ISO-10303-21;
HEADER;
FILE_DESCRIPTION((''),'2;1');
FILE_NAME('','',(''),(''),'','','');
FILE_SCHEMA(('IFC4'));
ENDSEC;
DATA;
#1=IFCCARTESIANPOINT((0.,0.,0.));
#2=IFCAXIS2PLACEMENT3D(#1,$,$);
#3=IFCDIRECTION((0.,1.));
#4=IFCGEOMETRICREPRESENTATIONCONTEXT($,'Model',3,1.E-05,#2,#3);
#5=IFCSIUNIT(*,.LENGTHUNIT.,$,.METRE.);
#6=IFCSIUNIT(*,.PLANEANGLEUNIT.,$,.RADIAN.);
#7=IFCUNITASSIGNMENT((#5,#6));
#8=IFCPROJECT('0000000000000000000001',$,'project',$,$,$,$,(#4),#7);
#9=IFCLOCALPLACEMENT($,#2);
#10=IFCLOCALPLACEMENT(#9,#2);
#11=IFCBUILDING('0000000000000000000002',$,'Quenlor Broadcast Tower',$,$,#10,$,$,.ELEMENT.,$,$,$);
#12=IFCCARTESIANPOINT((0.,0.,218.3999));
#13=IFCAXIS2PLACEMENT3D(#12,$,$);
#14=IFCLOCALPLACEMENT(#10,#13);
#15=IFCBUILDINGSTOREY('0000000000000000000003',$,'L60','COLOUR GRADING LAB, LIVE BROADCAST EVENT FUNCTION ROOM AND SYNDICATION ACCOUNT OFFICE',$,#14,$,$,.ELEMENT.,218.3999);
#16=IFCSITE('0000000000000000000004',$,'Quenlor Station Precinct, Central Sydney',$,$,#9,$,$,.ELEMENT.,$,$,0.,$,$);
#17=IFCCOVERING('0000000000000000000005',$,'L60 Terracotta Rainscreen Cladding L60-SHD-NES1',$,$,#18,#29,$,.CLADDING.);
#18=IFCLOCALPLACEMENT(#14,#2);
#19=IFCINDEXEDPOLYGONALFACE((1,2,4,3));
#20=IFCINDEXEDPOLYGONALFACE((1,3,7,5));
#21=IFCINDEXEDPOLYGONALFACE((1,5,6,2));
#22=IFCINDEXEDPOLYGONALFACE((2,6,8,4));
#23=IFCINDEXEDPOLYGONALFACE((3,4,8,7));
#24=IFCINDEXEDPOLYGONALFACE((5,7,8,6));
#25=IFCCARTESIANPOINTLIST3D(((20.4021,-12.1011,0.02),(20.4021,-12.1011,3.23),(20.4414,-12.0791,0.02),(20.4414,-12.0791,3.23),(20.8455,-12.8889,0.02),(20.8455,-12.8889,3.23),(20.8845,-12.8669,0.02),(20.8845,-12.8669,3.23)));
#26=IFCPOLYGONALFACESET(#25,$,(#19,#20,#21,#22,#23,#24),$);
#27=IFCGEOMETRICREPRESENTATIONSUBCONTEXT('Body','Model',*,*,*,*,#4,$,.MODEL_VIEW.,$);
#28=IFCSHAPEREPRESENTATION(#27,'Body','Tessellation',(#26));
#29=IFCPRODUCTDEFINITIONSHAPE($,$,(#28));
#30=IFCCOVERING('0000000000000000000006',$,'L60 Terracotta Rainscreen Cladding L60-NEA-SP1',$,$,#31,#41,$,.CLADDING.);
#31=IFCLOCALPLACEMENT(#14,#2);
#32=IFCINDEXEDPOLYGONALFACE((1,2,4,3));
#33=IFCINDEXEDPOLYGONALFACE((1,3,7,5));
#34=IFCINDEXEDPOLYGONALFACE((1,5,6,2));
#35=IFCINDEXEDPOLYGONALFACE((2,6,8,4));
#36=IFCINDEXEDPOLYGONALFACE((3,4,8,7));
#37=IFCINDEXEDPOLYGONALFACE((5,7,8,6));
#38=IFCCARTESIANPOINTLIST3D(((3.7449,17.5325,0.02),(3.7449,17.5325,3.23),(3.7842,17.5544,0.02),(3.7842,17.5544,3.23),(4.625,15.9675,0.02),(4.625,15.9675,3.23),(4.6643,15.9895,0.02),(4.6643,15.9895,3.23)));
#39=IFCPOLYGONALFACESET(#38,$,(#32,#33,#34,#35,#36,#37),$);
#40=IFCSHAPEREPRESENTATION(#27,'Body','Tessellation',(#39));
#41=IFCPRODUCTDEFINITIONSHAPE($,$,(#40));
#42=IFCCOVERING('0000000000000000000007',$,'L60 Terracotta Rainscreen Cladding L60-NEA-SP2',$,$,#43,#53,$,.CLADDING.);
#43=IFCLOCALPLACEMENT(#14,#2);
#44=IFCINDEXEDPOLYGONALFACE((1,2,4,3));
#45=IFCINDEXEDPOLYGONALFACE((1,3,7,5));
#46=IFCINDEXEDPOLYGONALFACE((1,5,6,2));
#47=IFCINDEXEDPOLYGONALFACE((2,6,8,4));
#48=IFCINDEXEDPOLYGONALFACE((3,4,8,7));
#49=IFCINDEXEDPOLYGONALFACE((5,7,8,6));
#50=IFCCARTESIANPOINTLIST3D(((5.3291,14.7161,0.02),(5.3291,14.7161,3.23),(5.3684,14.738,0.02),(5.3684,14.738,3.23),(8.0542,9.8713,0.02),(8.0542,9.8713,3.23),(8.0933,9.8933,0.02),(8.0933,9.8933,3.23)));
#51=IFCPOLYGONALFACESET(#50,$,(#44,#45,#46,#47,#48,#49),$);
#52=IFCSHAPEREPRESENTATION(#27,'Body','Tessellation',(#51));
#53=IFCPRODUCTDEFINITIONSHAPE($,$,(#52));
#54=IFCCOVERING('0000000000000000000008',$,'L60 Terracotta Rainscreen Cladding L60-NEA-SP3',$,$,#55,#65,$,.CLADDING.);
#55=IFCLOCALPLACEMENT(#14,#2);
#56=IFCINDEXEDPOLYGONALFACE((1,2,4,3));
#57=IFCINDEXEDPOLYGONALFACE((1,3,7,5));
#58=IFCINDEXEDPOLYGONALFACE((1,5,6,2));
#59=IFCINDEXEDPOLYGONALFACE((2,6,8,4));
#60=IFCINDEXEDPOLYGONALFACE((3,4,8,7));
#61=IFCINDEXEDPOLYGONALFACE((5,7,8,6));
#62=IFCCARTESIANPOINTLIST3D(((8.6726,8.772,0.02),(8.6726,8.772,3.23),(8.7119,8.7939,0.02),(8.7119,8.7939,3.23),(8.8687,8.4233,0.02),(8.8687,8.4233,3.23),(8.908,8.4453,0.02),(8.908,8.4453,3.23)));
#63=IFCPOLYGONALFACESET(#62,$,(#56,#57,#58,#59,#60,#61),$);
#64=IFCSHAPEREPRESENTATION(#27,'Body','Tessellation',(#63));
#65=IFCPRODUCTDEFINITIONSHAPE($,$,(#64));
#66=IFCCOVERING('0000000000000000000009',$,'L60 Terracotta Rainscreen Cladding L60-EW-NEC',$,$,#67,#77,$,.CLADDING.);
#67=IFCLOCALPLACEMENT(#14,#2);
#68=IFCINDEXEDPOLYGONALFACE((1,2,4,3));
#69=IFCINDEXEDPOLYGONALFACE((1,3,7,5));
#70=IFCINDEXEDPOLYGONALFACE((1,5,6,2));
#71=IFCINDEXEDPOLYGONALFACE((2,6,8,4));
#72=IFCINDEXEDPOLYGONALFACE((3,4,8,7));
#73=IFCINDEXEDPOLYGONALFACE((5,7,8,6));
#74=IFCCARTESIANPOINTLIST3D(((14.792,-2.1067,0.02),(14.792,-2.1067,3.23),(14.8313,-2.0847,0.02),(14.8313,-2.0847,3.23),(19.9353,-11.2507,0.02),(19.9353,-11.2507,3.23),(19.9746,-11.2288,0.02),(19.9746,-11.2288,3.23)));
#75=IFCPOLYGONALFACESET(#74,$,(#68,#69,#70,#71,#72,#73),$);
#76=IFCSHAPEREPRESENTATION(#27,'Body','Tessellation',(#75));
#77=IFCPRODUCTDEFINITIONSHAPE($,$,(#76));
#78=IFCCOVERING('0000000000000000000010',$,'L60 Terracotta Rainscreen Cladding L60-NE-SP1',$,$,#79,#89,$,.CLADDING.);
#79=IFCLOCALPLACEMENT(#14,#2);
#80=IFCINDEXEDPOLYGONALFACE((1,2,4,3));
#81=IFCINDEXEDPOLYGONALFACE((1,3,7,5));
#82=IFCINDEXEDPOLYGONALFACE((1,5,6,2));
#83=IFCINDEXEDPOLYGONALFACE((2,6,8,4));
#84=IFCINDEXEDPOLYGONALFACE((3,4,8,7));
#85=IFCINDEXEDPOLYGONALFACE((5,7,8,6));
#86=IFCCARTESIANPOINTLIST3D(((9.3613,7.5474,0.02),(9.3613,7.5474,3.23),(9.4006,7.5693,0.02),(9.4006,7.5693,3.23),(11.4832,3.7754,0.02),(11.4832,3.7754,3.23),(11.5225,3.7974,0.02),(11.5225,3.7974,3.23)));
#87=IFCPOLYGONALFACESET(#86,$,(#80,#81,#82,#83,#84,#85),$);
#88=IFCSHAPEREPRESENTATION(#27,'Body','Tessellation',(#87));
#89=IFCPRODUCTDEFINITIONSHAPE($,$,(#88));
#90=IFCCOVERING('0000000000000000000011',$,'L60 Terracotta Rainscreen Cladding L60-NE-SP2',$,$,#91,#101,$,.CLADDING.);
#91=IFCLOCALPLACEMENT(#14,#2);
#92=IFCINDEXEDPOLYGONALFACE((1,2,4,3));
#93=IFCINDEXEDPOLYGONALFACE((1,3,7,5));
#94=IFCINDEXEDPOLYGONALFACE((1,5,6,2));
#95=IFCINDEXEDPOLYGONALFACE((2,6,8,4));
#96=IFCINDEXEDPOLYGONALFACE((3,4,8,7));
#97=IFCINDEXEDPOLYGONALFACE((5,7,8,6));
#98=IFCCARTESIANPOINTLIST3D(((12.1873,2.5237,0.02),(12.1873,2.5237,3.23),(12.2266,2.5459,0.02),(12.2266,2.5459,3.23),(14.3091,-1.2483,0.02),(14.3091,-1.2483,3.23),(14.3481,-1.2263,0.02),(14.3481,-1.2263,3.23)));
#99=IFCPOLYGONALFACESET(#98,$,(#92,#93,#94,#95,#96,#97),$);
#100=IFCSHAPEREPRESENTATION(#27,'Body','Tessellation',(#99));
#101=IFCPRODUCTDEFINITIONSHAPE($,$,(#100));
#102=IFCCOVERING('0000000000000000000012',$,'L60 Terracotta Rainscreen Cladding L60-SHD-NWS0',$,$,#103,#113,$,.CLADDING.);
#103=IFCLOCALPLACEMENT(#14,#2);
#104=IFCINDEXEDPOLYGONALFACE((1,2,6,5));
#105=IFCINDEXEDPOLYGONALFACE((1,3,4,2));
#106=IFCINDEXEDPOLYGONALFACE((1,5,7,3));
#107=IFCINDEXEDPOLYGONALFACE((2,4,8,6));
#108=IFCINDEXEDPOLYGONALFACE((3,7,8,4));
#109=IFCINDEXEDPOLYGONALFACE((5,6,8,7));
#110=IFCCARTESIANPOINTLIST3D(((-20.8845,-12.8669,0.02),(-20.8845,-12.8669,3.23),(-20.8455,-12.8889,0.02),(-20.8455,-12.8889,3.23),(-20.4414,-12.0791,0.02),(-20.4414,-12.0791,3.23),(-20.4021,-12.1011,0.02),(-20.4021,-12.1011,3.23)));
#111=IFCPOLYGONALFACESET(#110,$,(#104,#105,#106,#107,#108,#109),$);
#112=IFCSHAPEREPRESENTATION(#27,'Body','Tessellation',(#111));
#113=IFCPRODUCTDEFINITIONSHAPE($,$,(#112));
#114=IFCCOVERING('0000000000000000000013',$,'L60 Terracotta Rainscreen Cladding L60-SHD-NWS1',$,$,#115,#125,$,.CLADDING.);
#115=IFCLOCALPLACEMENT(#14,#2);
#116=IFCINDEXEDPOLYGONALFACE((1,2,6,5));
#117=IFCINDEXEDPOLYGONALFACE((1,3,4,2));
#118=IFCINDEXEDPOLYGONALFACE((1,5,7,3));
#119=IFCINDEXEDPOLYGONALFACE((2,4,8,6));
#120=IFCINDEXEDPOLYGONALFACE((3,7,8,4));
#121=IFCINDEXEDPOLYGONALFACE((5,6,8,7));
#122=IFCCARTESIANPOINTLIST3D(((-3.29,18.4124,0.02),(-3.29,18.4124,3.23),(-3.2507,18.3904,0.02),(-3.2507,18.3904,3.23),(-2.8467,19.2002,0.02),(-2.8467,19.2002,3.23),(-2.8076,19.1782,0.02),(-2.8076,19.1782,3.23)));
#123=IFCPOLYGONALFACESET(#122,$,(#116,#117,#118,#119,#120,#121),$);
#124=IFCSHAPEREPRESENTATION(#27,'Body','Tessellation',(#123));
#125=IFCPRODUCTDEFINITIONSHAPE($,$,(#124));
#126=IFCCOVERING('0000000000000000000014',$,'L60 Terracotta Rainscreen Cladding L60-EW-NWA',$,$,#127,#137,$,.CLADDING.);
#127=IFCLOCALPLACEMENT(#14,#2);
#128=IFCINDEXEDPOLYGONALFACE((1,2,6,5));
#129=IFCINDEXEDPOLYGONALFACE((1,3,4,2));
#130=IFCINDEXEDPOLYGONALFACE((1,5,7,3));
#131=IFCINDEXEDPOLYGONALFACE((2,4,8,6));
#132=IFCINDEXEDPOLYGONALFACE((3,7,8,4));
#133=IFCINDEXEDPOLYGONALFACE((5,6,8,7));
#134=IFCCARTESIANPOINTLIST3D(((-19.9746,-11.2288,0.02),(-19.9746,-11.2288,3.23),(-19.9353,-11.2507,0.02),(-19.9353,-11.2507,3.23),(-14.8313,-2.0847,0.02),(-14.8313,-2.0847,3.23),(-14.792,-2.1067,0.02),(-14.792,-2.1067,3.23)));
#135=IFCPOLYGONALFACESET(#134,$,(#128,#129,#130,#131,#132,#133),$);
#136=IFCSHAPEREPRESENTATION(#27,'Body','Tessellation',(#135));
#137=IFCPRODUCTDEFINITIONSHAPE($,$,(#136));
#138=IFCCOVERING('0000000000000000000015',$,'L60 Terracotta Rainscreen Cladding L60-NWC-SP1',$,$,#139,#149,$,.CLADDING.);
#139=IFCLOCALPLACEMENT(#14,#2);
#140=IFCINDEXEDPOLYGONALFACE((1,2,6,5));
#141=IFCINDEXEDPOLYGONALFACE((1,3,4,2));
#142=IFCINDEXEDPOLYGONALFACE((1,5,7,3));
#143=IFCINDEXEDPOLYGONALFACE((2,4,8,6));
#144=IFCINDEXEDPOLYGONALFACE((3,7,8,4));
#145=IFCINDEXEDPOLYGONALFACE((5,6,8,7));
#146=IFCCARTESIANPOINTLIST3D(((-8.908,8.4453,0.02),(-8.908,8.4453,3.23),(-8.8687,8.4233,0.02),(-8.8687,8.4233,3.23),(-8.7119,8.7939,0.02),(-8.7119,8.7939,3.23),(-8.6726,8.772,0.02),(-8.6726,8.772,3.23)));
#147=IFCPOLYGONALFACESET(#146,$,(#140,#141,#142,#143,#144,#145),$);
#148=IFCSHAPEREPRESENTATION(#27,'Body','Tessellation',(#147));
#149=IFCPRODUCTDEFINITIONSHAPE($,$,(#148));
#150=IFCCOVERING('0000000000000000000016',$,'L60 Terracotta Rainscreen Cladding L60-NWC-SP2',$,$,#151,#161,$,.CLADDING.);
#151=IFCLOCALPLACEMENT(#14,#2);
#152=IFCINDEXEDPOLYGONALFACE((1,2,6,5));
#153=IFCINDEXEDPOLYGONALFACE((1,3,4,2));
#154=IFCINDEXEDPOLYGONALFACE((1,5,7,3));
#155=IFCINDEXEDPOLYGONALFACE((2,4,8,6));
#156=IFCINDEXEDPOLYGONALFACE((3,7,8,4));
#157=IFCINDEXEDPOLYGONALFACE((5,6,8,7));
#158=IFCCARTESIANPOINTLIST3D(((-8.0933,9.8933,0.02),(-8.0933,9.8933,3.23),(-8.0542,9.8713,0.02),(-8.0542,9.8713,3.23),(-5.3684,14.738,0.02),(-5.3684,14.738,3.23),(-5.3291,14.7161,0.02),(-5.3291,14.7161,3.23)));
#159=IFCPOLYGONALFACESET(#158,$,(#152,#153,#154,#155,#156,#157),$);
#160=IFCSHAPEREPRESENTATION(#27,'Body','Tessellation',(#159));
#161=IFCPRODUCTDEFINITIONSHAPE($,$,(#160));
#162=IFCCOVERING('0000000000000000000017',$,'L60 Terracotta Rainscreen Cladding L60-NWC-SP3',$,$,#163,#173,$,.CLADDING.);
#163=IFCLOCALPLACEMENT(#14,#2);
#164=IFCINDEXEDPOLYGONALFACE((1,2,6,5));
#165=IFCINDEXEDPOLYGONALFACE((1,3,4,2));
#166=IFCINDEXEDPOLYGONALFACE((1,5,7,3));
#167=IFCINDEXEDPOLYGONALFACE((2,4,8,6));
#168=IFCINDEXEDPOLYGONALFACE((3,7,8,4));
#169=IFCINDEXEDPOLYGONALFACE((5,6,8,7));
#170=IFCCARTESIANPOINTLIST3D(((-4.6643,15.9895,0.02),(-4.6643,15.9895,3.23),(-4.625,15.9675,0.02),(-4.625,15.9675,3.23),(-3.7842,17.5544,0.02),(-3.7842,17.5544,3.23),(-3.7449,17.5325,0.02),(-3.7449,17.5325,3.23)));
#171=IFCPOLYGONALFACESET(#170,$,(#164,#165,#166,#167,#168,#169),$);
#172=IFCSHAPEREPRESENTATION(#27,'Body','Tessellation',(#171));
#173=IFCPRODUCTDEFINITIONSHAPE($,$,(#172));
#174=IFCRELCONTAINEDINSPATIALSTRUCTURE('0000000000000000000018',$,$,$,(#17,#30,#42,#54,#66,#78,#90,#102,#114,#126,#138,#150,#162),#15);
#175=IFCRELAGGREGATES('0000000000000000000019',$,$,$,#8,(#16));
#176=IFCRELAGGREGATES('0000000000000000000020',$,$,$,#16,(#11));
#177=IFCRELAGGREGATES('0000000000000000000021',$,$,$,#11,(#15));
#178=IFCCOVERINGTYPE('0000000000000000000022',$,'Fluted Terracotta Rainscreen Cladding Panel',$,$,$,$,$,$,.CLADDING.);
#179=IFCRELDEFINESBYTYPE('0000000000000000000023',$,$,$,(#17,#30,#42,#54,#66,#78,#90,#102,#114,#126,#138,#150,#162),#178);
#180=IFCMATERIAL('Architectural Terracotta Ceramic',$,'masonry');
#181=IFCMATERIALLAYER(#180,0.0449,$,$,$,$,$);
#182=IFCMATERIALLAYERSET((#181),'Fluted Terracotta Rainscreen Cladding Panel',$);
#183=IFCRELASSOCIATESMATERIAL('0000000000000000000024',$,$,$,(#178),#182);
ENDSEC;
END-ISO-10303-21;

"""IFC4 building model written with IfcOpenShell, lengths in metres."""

from ifc_helpers import new_model, si_unit, direction, frame, origin, place, context, subcontext, project, spatial, polyline, outline, extrude, material, layer, layer_set, type_object, element, save


model = new_model("IFC4")

# Units and contexts
model_context = context("Model", 3, precision=1e-05, world=origin(), true_north=direction((0.0, 1.0)))
body_context = subcontext(model_context, "Body", "Model", "MODEL_VIEW")
ifc_project = project(units=[si_unit("LENGTHUNIT", "METRE"), si_unit("PLANEANGLEUNIT", "RADIAN")], contexts=[model_context])

# Site, building, storey
site_placement = place(None, origin())
site = spatial("IfcSite", under=ifc_project, at=site_placement, Name="Quenlor Station Precinct, Central Sydney", CompositionType="ELEMENT", RefElevation=0.0)
building_placement = place(site_placement, origin())
building = spatial("IfcBuilding", under=site, at=building_placement, Name="Quenlor Broadcast Tower", CompositionType="ELEMENT")
storey_placement = place(building_placement, frame((0.0, 0.0, 218.3999)))
storey = spatial("IfcBuildingStorey", under=building, at=storey_placement, Name="L60", Description="COLOUR GRADING LAB, LIVE BROADCAST EVENT FUNCTION ROOM AND SYNDICATION ACCOUNT OFFICE", CompositionType="ELEMENT", Elevation=218.3999)

# Coverings
ifc_material_1 = material(Name="Architectural Terracotta Ceramic", Category="masonry")
ifc_layer_1 = layer(ifc_material_1, 0.0449)
ifc_layer_set_1 = layer_set([ifc_layer_1], Name="Fluted Terracotta Rainscreen Cladding Panel")
covering_type = type_object("IfcCoveringType", Name="Fluted Terracotta Rainscreen Cladding Panel", PredefinedType="CLADDING", material=ifc_layer_set_1)
covering_1_placement = place(storey_placement, frame((0.0, 0.0, 0.02)))
element("IfcCovering", 1, at=covering_1_placement, inside=storey, type_object=covering_type, Name="L60 Terracotta Rainscreen Cladding L60-SHD-NES1", PredefinedType="CLADDING", context=body_context, shape_type="SweptSolid", body=[
    extrude(outline(polyline([(20.4021, -12.1011), (20.8455, -12.8889), (20.8845, -12.8669), (20.4414, -12.0791), (20.4021, -12.1011)])), origin(), (0.0, 0.0, 1.0), 3.21),
])
covering_2_placement = place(storey_placement, frame((0.0, 0.0, 0.02)))
element("IfcCovering", 2, at=covering_2_placement, inside=storey, type_object=covering_type, Name="L60 Terracotta Rainscreen Cladding L60-NEA-SP1", PredefinedType="CLADDING", context=body_context, shape_type="SweptSolid", body=[
    extrude(outline(polyline([(3.7449, 17.5325), (4.625, 15.9675), (4.6643, 15.9895), (3.7842, 17.5544), (3.7449, 17.5325)])), origin(), (0.0, 0.0, 1.0), 3.21),
])
covering_3_placement = place(storey_placement, frame((0.0, 0.0, 0.02)))
element("IfcCovering", 3, at=covering_3_placement, inside=storey, type_object=covering_type, Name="L60 Terracotta Rainscreen Cladding L60-NEA-SP2", PredefinedType="CLADDING", context=body_context, shape_type="SweptSolid", body=[
    extrude(outline(polyline([(5.3291, 14.7161), (8.0542, 9.8713), (8.0933, 9.8933), (5.3684, 14.738), (5.3291, 14.7161)])), origin(), (0.0, 0.0, 1.0), 3.21),
])
covering_4_placement = place(storey_placement, frame((0.0, 0.0, 0.02)))
element("IfcCovering", 4, at=covering_4_placement, inside=storey, type_object=covering_type, Name="L60 Terracotta Rainscreen Cladding L60-NEA-SP3", PredefinedType="CLADDING", context=body_context, shape_type="SweptSolid", body=[
    extrude(outline(polyline([(8.6726, 8.772), (8.8687, 8.4233), (8.908, 8.4453), (8.7119, 8.7939), (8.6726, 8.772)])), origin(), (0.0, 0.0, 1.0), 3.21),
])
covering_5_placement = place(storey_placement, frame((0.0, 0.0, 0.02)))
element("IfcCovering", 5, at=covering_5_placement, inside=storey, type_object=covering_type, Name="L60 Terracotta Rainscreen Cladding L60-EW-NEC", PredefinedType="CLADDING", context=body_context, shape_type="SweptSolid", body=[
    extrude(outline(polyline([(14.792, -2.1067), (19.9353, -11.2507), (19.9746, -11.2288), (14.8313, -2.0847), (14.792, -2.1067)])), origin(), (0.0, 0.0, 1.0), 3.21),
])
covering_6_placement = place(storey_placement, frame((0.0, 0.0, 0.02)))
element("IfcCovering", 6, at=covering_6_placement, inside=storey, type_object=covering_type, Name="L60 Terracotta Rainscreen Cladding L60-NE-SP1", PredefinedType="CLADDING", context=body_context, shape_type="SweptSolid", body=[
    extrude(outline(polyline([(9.3613, 7.5474), (11.4832, 3.7754), (11.5225, 3.7974), (9.4006, 7.5693), (9.3613, 7.5474)])), origin(), (0.0, 0.0, 1.0), 3.21),
])
covering_7_placement = place(storey_placement, frame((0.0, 0.0, 0.02)))
element("IfcCovering", 7, at=covering_7_placement, inside=storey, type_object=covering_type, Name="L60 Terracotta Rainscreen Cladding L60-NE-SP2", PredefinedType="CLADDING", context=body_context, shape_type="SweptSolid", body=[
    extrude(outline(polyline([(12.1873, 2.5237), (14.3091, -1.2483), (14.3481, -1.2263), (12.2266, 2.5459), (12.1873, 2.5237)])), origin(), (0.0, 0.0, 1.0), 3.21),
])
covering_8_placement = place(storey_placement, frame((0.0, 0.0, 0.02)))
element("IfcCovering", 8, at=covering_8_placement, inside=storey, type_object=covering_type, Name="L60 Terracotta Rainscreen Cladding L60-SHD-NWS0", PredefinedType="CLADDING", context=body_context, shape_type="SweptSolid", body=[
    extrude(outline(polyline([(-20.8455, -12.8889), (-20.4021, -12.1011), (-20.4414, -12.0791), (-20.8845, -12.8669), (-20.8455, -12.8889)])), origin(), (0.0, 0.0, 1.0), 3.21),
])
covering_9_placement = place(storey_placement, frame((0.0, 0.0, 0.02)))
element("IfcCovering", 9, at=covering_9_placement, inside=storey, type_object=covering_type, Name="L60 Terracotta Rainscreen Cladding L60-SHD-NWS1", PredefinedType="CLADDING", context=body_context, shape_type="SweptSolid", body=[
    extrude(outline(polyline([(-3.2507, 18.3904), (-2.8076, 19.1782), (-2.8467, 19.2002), (-3.29, 18.4124), (-3.2507, 18.3904)])), origin(), (0.0, 0.0, 1.0), 3.21),
])
covering_10_placement = place(storey_placement, frame((0.0, 0.0, 0.02)))
element("IfcCovering", 10, at=covering_10_placement, inside=storey, type_object=covering_type, Name="L60 Terracotta Rainscreen Cladding L60-EW-NWA", PredefinedType="CLADDING", context=body_context, shape_type="SweptSolid", body=[
    extrude(outline(polyline([(-19.9353, -11.2507), (-14.792, -2.1067), (-14.8313, -2.0847), (-19.9746, -11.2288), (-19.9353, -11.2507)])), origin(), (0.0, 0.0, 1.0), 3.21),
])
covering_11_placement = place(storey_placement, frame((0.0, 0.0, 0.02)))
element("IfcCovering", 11, at=covering_11_placement, inside=storey, type_object=covering_type, Name="L60 Terracotta Rainscreen Cladding L60-NWC-SP1", PredefinedType="CLADDING", context=body_context, shape_type="SweptSolid", body=[
    extrude(outline(polyline([(-8.8687, 8.4233), (-8.6726, 8.772), (-8.7119, 8.7939), (-8.908, 8.4453), (-8.8687, 8.4233)])), origin(), (0.0, 0.0, 1.0), 3.21),
])
covering_12_placement = place(storey_placement, frame((0.0, 0.0, 0.02)))
element("IfcCovering", 12, at=covering_12_placement, inside=storey, type_object=covering_type, Name="L60 Terracotta Rainscreen Cladding L60-NWC-SP2", PredefinedType="CLADDING", context=body_context, shape_type="SweptSolid", body=[
    extrude(outline(polyline([(-8.0542, 9.8713), (-5.3291, 14.7161), (-5.3684, 14.738), (-8.0933, 9.8933), (-8.0542, 9.8713)])), origin(), (0.0, 0.0, 1.0), 3.21),
])
covering_13_placement = place(storey_placement, frame((0.0, 0.0, 0.02)))
element("IfcCovering", 13, at=covering_13_placement, inside=storey, type_object=covering_type, Name="L60 Terracotta Rainscreen Cladding L60-NWC-SP3", PredefinedType="CLADDING", context=body_context, shape_type="SweptSolid", body=[
    extrude(outline(polyline([(-4.625, 15.9675), (-3.7449, 17.5325), (-3.7842, 17.5544), (-4.6643, 15.9895), (-4.625, 15.9675)])), origin(), (0.0, 0.0, 1.0), 3.21),
])

save(model, "model.ifc")
